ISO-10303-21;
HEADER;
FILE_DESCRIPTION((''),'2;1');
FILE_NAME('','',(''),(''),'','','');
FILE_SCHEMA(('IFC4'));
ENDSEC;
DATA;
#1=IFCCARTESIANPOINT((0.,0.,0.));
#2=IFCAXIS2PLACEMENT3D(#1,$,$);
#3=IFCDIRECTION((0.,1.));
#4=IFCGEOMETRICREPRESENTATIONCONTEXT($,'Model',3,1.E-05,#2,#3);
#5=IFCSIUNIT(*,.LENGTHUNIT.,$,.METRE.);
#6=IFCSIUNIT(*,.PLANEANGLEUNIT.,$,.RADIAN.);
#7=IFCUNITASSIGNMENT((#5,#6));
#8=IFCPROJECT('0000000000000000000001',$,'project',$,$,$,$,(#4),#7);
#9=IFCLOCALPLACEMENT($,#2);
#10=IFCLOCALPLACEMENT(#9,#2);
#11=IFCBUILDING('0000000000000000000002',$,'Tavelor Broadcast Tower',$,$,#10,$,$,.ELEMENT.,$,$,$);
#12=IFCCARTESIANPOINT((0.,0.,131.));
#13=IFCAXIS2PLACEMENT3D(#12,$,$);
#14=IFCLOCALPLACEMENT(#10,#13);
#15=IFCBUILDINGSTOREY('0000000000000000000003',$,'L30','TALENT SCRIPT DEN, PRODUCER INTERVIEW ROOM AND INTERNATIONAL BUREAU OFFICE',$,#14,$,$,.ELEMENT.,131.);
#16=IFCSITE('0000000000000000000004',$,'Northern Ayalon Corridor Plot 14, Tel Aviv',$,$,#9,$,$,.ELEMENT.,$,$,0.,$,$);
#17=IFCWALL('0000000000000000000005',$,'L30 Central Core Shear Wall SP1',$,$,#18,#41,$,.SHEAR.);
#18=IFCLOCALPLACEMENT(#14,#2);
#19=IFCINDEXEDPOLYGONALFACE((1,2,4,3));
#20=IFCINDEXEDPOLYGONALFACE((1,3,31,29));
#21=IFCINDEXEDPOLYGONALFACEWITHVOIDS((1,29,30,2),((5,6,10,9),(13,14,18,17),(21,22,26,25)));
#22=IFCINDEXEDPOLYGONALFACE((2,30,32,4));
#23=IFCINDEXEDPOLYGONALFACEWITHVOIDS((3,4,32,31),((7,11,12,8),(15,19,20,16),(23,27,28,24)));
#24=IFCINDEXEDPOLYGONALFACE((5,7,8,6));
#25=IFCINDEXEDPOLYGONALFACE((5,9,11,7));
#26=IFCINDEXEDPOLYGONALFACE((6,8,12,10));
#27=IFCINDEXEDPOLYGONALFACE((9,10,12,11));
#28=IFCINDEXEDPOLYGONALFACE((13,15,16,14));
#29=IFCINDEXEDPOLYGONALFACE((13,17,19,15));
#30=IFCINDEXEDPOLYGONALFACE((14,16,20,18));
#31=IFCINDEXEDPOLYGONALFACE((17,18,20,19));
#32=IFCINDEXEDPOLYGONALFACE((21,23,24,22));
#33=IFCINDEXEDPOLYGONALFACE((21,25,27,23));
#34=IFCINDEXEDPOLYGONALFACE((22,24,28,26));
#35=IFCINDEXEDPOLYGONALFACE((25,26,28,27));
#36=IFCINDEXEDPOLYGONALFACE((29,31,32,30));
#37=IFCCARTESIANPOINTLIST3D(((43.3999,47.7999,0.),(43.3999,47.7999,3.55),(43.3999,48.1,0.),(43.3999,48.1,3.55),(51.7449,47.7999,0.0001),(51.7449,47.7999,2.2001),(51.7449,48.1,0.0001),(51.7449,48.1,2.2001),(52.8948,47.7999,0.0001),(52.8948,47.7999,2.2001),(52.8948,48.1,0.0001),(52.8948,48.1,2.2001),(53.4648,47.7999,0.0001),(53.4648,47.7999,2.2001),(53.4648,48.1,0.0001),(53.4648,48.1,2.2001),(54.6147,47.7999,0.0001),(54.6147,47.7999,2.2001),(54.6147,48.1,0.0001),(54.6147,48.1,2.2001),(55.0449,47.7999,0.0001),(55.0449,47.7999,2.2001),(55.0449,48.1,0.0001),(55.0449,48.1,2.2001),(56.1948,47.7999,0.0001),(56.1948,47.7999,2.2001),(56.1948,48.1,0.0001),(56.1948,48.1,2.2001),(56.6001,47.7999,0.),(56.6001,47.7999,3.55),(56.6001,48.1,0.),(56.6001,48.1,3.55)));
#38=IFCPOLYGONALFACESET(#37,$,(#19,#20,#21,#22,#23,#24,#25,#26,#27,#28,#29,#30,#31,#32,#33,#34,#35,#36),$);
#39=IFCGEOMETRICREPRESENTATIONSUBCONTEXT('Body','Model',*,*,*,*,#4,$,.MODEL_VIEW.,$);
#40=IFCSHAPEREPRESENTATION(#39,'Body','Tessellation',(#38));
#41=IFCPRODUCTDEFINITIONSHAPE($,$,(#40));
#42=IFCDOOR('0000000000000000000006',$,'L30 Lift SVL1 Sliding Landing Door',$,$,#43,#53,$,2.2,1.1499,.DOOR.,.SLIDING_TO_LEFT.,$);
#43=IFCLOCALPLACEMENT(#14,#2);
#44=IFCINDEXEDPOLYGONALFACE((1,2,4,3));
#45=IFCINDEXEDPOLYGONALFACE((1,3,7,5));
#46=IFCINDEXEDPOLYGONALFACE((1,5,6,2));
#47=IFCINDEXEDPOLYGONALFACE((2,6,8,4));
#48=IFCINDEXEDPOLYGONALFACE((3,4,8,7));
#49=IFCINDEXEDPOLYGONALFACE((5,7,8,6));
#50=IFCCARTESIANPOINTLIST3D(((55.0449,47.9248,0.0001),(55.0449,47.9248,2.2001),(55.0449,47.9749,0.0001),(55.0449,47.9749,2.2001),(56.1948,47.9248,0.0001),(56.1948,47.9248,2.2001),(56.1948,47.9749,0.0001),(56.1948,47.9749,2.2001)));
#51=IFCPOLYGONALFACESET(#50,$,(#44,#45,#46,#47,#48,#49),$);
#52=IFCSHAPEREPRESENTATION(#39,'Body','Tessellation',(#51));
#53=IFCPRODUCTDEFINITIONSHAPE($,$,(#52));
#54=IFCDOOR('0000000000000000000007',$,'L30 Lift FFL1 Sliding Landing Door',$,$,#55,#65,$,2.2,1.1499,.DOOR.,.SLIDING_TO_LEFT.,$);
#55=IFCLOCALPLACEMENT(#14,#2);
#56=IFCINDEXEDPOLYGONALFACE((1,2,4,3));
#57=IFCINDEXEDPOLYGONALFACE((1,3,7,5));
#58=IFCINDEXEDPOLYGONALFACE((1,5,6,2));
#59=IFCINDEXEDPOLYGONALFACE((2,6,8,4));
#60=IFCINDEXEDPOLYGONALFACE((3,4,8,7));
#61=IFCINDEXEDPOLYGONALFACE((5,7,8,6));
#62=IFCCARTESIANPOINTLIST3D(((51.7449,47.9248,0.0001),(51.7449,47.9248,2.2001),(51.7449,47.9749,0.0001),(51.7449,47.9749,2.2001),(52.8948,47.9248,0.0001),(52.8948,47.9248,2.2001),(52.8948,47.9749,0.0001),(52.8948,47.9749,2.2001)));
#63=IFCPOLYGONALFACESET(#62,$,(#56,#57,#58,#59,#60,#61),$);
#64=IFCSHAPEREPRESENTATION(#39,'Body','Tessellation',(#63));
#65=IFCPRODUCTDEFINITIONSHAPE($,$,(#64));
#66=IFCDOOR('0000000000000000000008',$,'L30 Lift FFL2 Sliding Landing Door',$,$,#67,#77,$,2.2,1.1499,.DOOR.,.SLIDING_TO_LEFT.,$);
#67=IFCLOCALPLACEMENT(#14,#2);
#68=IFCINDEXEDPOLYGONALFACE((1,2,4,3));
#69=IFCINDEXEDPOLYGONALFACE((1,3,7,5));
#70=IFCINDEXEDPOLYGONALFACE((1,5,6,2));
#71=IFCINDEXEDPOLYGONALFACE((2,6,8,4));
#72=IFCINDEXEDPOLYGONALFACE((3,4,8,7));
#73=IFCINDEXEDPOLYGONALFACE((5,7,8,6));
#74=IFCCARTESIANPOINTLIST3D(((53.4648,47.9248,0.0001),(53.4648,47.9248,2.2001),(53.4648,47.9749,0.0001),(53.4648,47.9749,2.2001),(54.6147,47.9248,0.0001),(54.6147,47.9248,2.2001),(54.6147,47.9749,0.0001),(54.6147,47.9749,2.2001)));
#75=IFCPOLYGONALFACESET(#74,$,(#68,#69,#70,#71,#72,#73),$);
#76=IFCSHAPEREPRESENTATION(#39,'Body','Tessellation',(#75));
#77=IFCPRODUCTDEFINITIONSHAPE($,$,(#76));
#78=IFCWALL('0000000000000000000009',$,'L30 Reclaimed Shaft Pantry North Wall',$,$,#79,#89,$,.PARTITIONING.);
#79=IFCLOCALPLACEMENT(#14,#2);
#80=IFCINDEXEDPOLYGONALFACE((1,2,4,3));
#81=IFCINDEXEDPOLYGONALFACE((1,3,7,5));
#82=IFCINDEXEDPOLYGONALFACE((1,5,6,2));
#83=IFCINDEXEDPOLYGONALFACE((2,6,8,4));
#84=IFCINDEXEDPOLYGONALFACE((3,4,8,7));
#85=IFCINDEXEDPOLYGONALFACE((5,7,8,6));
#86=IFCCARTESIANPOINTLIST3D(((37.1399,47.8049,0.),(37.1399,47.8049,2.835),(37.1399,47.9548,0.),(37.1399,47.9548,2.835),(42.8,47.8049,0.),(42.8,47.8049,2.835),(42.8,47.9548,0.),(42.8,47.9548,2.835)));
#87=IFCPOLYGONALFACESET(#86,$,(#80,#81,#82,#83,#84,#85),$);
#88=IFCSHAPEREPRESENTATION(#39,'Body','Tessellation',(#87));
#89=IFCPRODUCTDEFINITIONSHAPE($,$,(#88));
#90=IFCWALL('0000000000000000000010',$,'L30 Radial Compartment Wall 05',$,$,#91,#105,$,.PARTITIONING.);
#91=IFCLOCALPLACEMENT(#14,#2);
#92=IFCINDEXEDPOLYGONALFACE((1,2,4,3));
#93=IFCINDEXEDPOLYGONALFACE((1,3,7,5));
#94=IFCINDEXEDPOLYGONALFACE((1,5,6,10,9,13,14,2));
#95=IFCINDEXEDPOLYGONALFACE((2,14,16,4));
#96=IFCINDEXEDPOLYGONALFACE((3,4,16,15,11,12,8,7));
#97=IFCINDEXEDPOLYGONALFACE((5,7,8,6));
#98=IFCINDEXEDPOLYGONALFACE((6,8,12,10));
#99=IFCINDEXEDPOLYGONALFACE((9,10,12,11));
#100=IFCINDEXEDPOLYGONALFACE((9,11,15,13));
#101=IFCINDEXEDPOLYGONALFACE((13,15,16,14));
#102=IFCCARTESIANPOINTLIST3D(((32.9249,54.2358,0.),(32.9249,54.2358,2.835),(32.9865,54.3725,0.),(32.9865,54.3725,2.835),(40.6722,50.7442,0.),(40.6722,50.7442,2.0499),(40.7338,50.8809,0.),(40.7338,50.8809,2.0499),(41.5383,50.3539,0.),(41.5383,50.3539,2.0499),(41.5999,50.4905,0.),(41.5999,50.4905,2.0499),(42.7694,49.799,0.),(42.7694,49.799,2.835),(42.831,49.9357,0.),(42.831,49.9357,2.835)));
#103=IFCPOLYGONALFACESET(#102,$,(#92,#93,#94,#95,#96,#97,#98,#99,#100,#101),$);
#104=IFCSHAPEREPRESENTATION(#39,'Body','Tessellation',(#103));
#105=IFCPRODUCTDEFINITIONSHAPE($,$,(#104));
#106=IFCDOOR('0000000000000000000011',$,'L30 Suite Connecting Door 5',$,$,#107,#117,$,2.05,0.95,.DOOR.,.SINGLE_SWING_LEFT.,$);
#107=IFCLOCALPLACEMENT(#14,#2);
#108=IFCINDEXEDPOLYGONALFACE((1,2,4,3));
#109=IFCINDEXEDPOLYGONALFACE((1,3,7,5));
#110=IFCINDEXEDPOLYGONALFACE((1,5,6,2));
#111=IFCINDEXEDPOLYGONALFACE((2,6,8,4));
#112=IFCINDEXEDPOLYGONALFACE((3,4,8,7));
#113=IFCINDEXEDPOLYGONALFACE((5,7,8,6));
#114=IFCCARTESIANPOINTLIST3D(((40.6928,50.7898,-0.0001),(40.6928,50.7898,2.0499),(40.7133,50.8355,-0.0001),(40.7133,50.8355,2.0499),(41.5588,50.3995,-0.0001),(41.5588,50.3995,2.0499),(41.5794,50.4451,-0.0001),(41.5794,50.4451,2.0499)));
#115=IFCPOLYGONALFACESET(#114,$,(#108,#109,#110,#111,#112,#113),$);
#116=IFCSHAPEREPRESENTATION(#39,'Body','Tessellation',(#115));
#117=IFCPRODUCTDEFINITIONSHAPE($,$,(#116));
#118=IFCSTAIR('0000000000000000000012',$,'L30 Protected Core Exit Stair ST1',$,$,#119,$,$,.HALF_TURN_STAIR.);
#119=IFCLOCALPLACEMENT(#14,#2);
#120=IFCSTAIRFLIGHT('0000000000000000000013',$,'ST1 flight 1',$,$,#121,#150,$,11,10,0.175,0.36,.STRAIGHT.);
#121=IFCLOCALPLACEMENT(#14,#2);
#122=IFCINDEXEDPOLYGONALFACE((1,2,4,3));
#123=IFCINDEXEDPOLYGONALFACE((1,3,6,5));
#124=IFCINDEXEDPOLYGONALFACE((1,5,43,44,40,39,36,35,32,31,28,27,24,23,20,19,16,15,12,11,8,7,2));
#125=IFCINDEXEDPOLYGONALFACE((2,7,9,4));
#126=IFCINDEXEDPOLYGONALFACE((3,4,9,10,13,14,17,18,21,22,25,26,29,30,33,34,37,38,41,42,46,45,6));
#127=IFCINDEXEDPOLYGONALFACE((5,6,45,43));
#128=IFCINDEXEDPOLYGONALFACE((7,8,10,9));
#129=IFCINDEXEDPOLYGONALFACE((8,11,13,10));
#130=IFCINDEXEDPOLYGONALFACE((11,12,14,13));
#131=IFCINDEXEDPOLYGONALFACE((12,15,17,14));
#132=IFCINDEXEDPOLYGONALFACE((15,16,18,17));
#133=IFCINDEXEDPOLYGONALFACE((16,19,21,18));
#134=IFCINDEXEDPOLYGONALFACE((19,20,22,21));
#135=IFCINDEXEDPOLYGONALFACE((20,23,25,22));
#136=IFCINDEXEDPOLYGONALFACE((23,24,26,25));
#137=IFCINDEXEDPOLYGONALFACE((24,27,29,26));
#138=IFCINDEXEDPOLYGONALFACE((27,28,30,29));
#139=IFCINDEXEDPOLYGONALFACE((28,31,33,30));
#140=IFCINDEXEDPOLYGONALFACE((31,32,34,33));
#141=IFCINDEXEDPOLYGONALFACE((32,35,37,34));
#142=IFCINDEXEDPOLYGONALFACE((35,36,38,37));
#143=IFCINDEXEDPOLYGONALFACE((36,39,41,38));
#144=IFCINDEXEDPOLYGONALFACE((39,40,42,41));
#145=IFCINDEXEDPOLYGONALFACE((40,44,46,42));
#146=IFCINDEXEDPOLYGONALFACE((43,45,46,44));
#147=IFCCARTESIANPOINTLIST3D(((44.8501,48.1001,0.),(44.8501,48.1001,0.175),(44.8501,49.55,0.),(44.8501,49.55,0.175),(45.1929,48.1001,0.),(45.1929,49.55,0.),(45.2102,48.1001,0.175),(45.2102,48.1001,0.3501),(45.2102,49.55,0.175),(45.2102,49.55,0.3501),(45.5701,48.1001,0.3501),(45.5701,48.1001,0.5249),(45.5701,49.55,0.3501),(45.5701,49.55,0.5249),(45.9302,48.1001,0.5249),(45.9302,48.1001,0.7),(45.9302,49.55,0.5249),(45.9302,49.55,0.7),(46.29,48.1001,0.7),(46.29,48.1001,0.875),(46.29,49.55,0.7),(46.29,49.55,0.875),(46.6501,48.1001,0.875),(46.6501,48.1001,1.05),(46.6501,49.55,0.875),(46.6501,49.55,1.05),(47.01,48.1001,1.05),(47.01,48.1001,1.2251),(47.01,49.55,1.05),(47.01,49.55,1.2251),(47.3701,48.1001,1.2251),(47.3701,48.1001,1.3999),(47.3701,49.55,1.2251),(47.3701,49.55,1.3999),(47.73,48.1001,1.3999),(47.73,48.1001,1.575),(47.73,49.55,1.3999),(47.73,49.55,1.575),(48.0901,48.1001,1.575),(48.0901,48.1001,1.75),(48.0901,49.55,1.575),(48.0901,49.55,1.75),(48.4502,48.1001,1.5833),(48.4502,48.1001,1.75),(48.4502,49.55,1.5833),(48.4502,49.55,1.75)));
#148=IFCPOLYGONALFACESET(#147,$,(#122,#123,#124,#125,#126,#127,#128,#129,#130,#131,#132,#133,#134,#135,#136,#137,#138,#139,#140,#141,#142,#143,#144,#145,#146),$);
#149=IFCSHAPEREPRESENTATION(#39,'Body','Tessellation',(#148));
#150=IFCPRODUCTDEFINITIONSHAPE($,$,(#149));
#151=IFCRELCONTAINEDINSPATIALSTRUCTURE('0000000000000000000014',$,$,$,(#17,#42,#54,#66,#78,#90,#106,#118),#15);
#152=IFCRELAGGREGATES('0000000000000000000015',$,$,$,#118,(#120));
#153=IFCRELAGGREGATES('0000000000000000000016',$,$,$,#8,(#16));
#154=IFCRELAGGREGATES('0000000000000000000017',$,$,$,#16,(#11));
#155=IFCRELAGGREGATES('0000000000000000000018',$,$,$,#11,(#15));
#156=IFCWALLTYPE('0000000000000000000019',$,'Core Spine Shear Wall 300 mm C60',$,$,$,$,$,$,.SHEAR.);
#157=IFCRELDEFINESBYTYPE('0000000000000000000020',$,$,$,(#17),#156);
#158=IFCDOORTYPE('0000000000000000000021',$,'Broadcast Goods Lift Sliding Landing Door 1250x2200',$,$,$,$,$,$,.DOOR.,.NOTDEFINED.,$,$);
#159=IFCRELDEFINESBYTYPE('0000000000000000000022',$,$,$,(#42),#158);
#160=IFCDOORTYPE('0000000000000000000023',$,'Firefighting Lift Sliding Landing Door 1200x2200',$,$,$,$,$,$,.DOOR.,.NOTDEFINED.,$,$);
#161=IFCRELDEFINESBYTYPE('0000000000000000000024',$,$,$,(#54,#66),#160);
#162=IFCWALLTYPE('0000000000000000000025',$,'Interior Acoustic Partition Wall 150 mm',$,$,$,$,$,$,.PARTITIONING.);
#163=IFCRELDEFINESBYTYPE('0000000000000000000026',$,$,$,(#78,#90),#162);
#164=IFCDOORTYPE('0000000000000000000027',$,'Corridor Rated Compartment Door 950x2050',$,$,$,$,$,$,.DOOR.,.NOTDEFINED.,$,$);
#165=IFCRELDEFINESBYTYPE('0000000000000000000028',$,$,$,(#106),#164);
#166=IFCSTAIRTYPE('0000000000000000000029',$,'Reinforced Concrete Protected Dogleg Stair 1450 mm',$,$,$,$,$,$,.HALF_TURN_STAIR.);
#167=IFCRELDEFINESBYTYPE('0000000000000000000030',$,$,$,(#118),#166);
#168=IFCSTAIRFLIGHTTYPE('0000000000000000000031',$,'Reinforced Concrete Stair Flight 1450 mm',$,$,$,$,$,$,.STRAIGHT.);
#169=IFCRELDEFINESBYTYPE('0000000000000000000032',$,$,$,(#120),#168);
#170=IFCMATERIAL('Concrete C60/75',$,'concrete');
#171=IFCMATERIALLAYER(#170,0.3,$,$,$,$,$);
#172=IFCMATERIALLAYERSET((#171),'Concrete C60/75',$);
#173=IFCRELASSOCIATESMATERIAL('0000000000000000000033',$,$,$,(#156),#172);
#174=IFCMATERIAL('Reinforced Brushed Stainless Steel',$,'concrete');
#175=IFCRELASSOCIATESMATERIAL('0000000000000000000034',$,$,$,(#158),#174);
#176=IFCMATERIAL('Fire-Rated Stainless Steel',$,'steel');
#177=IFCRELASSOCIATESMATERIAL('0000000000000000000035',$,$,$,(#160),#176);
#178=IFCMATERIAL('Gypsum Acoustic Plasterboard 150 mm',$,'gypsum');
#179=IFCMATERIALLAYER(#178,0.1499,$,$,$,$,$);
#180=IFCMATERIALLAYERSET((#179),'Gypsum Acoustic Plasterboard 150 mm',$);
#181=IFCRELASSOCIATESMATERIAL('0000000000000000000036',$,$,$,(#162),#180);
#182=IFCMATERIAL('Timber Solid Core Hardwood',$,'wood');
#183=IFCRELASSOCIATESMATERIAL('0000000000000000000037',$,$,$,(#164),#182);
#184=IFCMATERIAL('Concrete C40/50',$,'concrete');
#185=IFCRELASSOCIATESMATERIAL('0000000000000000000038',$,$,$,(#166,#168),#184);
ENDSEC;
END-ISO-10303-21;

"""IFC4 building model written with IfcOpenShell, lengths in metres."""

from ifc_helpers import new_model, si_unit, direction, frame, frame_2d, origin, place, context, subcontext, project, spatial, polyline, rectangle, outline, extrude, material, layer, layer_set, type_object, element, fill, aggregate, save


model = new_model("IFC4")

# Units and contexts
model_context = context("Model", 3, precision=1e-05, world=origin(), true_north=direction((0.0, 1.0)))
body_context = subcontext(model_context, "Body", "Model", "MODEL_VIEW")
ifc_project = project(units=[si_unit("LENGTHUNIT", "METRE"), si_unit("PLANEANGLEUNIT", "RADIAN")], contexts=[model_context])

# Site, building, storey
site_placement = place(None, origin())
site = spatial("IfcSite", under=ifc_project, at=site_placement, Name="Northern Ayalon Corridor Plot 14, Tel Aviv", CompositionType="ELEMENT", RefElevation=0.0)
building_placement = place(site_placement, origin())
building = spatial("IfcBuilding", under=site, at=building_placement, Name="Tavelor Broadcast Tower", CompositionType="ELEMENT")
storey_placement = place(building_placement, frame((0.0, 0.0, 131.0)))
storey = spatial("IfcBuildingStorey", under=building, at=storey_placement, Name="L30", Description="TALENT SCRIPT DEN, PRODUCER INTERVIEW ROOM AND INTERNATIONAL BUREAU OFFICE", CompositionType="ELEMENT", Elevation=131.0)

# Shared definitions
ifc_material_1 = material(Name="Concrete C60/75", Category="concrete")

# Wall, openings, doors
ifc_layer_1 = layer(ifc_material_1, 0.3)
ifc_layer_set_1 = layer_set([ifc_layer_1], Name="Concrete C60/75")
wall_type_1 = type_object("IfcWallType", Name="Core Spine Shear Wall 300 mm C60", PredefinedType="SHEAR", material=ifc_layer_set_1)
wall_1_placement = place(storey_placement, frame((43.3999, 47.95, 0.0), z_axis=(0.0, 0.0, 1.0), x_axis=(1.0, 0.0, 0.0)))
wall_1 = element("IfcWall", 1, at=wall_1_placement, inside=storey, type_object=wall_type_1, Name="L30 Central Core Shear Wall SP1", PredefinedType="SHEAR", context=body_context, shape_type="SweptSolid", body=[
    extrude(rectangle(XDim=13.2002, YDim=0.3, at=frame_2d((6.6001, 0.0))), origin(), (0.0, 0.0, 1.0), 3.55),
])
opening_1_placement = place(wall_1_placement, frame((8.345, 0.0, 0.0)))
opening_1 = element("IfcOpeningElement", 2, at=opening_1_placement, cuts=wall_1, PredefinedType="OPENING", context=body_context, shape_type="SweptSolid", body=[
    extrude(rectangle(XDim=1.1499, YDim=2.2, at=frame_2d((0.575, 1.1001))), frame((0.0, 0.1602, 0.0), z_axis=(0.0, -1.0, 0.0), x_axis=(1.0, 0.0, 0.0)), (0.0, 0.0, 1.0), 0.3201),
])
opening_2_placement = place(wall_1_placement, frame((10.0649, 0.0, 0.0)))
opening_2 = element("IfcOpeningElement", 3, at=opening_2_placement, cuts=wall_1, PredefinedType="OPENING", context=body_context, shape_type="SweptSolid", body=[
    extrude(rectangle(XDim=1.1499, YDim=2.2, at=frame_2d((0.575, 1.1001))), frame((0.0, 0.1602, 0.0), z_axis=(0.0, -1.0, 0.0), x_axis=(1.0, 0.0, 0.0)), (0.0, 0.0, 1.0), 0.3201),
])
opening_3_placement = place(wall_1_placement, frame((11.645, 0.0, 0.0)))
opening_3 = element("IfcOpeningElement", 4, at=opening_3_placement, cuts=wall_1, PredefinedType="OPENING", context=body_context, shape_type="SweptSolid", body=[
    extrude(rectangle(XDim=1.1499, YDim=2.2, at=frame_2d((0.575, 1.1001))), frame((0.0, 0.1602, 0.0), z_axis=(0.0, -1.0, 0.0), x_axis=(1.0, 0.0, 0.0)), (0.0, 0.0, 1.0), 0.3201),
])
ifc_material_2 = material(Name="Reinforced Brushed Stainless Steel", Category="concrete")
door_type_1 = type_object("IfcDoorType", Name="Broadcast Goods Lift Sliding Landing Door 1250x2200", OperationType="NOTDEFINED", PredefinedType="DOOR", material=ifc_material_2)
door_1_placement = place(opening_3_placement, origin())
door_1 = element("IfcDoor", 5, at=door_1_placement, inside=storey, type_object=door_type_1, Name="L30 Lift SVL1 Sliding Landing Door", OperationType="SLIDING_TO_LEFT", OverallHeight=2.2, OverallWidth=1.1499, PredefinedType="DOOR", context=body_context, shape_type="SweptSolid", body=[
    extrude(rectangle(XDim=1.1499, YDim=2.2, at=frame_2d((0.575, 1.1001))), frame((0.0, 0.0249, 0.0), z_axis=(0.0, -1.0, 0.0), x_axis=(1.0, 0.0, 0.0)), (0.0, 0.0, 1.0), 0.05),
])
fill(opening_3, door_1)
ifc_material_3 = material(Name="Fire-Rated Stainless Steel", Category="steel")
door_type_2 = type_object("IfcDoorType", Name="Firefighting Lift Sliding Landing Door 1200x2200", OperationType="NOTDEFINED", PredefinedType="DOOR", material=ifc_material_3)
door_2_placement = place(opening_1_placement, origin())
door_2 = element("IfcDoor", 6, at=door_2_placement, inside=storey, type_object=door_type_2, Name="L30 Lift FFL1 Sliding Landing Door", OperationType="SLIDING_TO_LEFT", OverallHeight=2.2, OverallWidth=1.1499, PredefinedType="DOOR", context=body_context, shape_type="SweptSolid", body=[
    extrude(rectangle(XDim=1.1499, YDim=2.2, at=frame_2d((0.575, 1.1001))), frame((0.0, 0.0249, 0.0), z_axis=(0.0, -1.0, 0.0), x_axis=(1.0, 0.0, 0.0)), (0.0, 0.0, 1.0), 0.05),
])
fill(opening_1, door_2)
door_3_placement = place(opening_2_placement, origin())
door_3 = element("IfcDoor", 7, at=door_3_placement, inside=storey, type_object=door_type_2, Name="L30 Lift FFL2 Sliding Landing Door", OperationType="SLIDING_TO_LEFT", OverallHeight=2.2, OverallWidth=1.1499, PredefinedType="DOOR", context=body_context, shape_type="SweptSolid", body=[
    extrude(rectangle(XDim=1.1499, YDim=2.2, at=frame_2d((0.575, 1.1001))), frame((0.0, 0.0249, 0.0), z_axis=(0.0, -1.0, 0.0), x_axis=(1.0, 0.0, 0.0)), (0.0, 0.0, 1.0), 0.05),
])
fill(opening_2, door_3)

# Wall
ifc_material_4 = material(Name="Gypsum Acoustic Plasterboard 150 mm", Category="gypsum")
ifc_layer_2 = layer(ifc_material_4, 0.1499)
ifc_layer_set_2 = layer_set([ifc_layer_2], Name="Gypsum Acoustic Plasterboard 150 mm")
wall_type_2 = type_object("IfcWallType", Name="Interior Acoustic Partition Wall 150 mm", PredefinedType="PARTITIONING", material=ifc_layer_set_2)
wall_2_placement = place(storey_placement, frame((37.1399, 47.8799, 0.0), z_axis=(0.0, 0.0, 1.0), x_axis=(1.0, 0.0, 0.0)))
element("IfcWall", 8, at=wall_2_placement, inside=storey, type_object=wall_type_2, Name="L30 Reclaimed Shaft Pantry North Wall", PredefinedType="PARTITIONING", context=body_context, shape_type="SweptSolid", body=[
    extrude(rectangle(XDim=5.6602, YDim=0.1499, at=frame_2d((2.8301, 0.0))), origin(), (0.0, 0.0, 1.0), 2.835),
])

# Wall, opening, door
wall_3_placement = place(storey_placement, frame((42.8, 49.8674, 0.0), z_axis=(0.0, 0.0, 1.0), x_axis=(-0.911687, 0.410884, 0.0)))
wall_3 = element("IfcWall", 9, at=wall_3_placement, inside=storey, type_object=wall_type_2, Name="L30 Radial Compartment Wall 05", PredefinedType="PARTITIONING", context=body_context, shape_type="SweptSolid", body=[
    extrude(rectangle(XDim=10.7981, YDim=0.1499, at=frame_2d((5.3989, 0.0))), origin(), (0.0, 0.0, 1.0), 2.835),
])
opening_4_placement = place(wall_3_placement, frame((1.3501, 0.0, 0.0)))
opening_4 = element("IfcOpeningElement", 10, at=opening_4_placement, cuts=wall_3, PredefinedType="OPENING", context=body_context, shape_type="SweptSolid", body=[
    extrude(rectangle(XDim=0.95, YDim=2.05, at=frame_2d((0.4751, 1.0249))), frame((0.0, 0.085, 0.0), z_axis=(0.0, -1.0, 0.0), x_axis=(1.0, 0.0, 0.0)), (0.0, 0.0, 1.0), 0.1699),
])
ifc_material_5 = material(Name="Timber Solid Core Hardwood", Category="wood")
door_type_3 = type_object("IfcDoorType", Name="Corridor Rated Compartment Door 950x2050", OperationType="NOTDEFINED", PredefinedType="DOOR", material=ifc_material_5)
door_4_placement = place(opening_4_placement, origin())
door_4 = element("IfcDoor", 11, at=door_4_placement, inside=storey, type_object=door_type_3, Name="L30 Suite Connecting Door 5", OperationType="SINGLE_SWING_LEFT", OverallHeight=2.05, OverallWidth=0.95, PredefinedType="DOOR", context=body_context, shape_type="SweptSolid", body=[
    extrude(rectangle(XDim=0.95, YDim=2.05, at=frame_2d((0.4751, 1.0249))), frame((0.0, 0.0249, 0.0), z_axis=(0.0, -1.0, 0.0), x_axis=(1.0, 0.0, 0.0)), (0.0, 0.0, 1.0), 0.05),
])
fill(opening_4, door_4)

# Stair, stair flight
ifc_material_6 = material(Name="Concrete C40/50", Category="concrete")
stair_type = type_object("IfcStairType", Name="Reinforced Concrete Protected Dogleg Stair 1450 mm", PredefinedType="HALF_TURN_STAIR", material=ifc_material_6)
stair_placement = place(storey_placement, origin())
stair = element("IfcStair", 12, at=stair_placement, inside=storey, type_object=stair_type, Name="L30 Protected Core Exit Stair ST1", PredefinedType="HALF_TURN_STAIR")
stair_flight_type = type_object("IfcStairFlightType", Name="Reinforced Concrete Stair Flight 1450 mm", PredefinedType="STRAIGHT", material=ifc_material_6)
stair_flight_placement = place(storey_placement, frame((44.8501, 48.825, 0.0), z_axis=(0.0, 0.0, 1.0), x_axis=(1.0, 0.0, 0.0)))
stair_flight = element("IfcStairFlight", 13, at=stair_flight_placement, type_object=stair_flight_type, Name="ST1 flight 1", NumberOfRisers=11, NumberOfTreads=10, PredefinedType="STRAIGHT", RiserHeight=0.175, TreadLength=0.36, context=body_context, shape_type="SweptSolid", body=[
    extrude(outline(polyline([(0.0, 0.0), (0.0, 0.175), (0.3601, 0.175), (0.3601, 0.3501), (0.72, 0.3501), (0.72, 0.5249), (1.0801, 0.5249), (1.0801, 0.7), (1.4399, 0.7), (1.4399, 0.875), (1.8, 0.875), (1.8, 1.05), (2.1599, 1.05), (2.1599, 1.2251), (2.52, 1.2251), (2.52, 1.3999), (2.8799, 1.3999), (2.8799, 1.575), (3.24, 1.575), (3.24, 1.75), (3.6001, 1.75), (3.6001, 1.925), (3.6001, 1.5833), (0.3428, 0.0), (0.0, 0.0)])), frame((0.0, 0.7251, 0.0), z_axis=(0.0, -1.0, 0.0), x_axis=(1.0, 0.0, 0.0)), (0.0, 0.0, 1.0), 1.45),
])
aggregate(stair, [stair_flight])

save(model, "model.ifc")
